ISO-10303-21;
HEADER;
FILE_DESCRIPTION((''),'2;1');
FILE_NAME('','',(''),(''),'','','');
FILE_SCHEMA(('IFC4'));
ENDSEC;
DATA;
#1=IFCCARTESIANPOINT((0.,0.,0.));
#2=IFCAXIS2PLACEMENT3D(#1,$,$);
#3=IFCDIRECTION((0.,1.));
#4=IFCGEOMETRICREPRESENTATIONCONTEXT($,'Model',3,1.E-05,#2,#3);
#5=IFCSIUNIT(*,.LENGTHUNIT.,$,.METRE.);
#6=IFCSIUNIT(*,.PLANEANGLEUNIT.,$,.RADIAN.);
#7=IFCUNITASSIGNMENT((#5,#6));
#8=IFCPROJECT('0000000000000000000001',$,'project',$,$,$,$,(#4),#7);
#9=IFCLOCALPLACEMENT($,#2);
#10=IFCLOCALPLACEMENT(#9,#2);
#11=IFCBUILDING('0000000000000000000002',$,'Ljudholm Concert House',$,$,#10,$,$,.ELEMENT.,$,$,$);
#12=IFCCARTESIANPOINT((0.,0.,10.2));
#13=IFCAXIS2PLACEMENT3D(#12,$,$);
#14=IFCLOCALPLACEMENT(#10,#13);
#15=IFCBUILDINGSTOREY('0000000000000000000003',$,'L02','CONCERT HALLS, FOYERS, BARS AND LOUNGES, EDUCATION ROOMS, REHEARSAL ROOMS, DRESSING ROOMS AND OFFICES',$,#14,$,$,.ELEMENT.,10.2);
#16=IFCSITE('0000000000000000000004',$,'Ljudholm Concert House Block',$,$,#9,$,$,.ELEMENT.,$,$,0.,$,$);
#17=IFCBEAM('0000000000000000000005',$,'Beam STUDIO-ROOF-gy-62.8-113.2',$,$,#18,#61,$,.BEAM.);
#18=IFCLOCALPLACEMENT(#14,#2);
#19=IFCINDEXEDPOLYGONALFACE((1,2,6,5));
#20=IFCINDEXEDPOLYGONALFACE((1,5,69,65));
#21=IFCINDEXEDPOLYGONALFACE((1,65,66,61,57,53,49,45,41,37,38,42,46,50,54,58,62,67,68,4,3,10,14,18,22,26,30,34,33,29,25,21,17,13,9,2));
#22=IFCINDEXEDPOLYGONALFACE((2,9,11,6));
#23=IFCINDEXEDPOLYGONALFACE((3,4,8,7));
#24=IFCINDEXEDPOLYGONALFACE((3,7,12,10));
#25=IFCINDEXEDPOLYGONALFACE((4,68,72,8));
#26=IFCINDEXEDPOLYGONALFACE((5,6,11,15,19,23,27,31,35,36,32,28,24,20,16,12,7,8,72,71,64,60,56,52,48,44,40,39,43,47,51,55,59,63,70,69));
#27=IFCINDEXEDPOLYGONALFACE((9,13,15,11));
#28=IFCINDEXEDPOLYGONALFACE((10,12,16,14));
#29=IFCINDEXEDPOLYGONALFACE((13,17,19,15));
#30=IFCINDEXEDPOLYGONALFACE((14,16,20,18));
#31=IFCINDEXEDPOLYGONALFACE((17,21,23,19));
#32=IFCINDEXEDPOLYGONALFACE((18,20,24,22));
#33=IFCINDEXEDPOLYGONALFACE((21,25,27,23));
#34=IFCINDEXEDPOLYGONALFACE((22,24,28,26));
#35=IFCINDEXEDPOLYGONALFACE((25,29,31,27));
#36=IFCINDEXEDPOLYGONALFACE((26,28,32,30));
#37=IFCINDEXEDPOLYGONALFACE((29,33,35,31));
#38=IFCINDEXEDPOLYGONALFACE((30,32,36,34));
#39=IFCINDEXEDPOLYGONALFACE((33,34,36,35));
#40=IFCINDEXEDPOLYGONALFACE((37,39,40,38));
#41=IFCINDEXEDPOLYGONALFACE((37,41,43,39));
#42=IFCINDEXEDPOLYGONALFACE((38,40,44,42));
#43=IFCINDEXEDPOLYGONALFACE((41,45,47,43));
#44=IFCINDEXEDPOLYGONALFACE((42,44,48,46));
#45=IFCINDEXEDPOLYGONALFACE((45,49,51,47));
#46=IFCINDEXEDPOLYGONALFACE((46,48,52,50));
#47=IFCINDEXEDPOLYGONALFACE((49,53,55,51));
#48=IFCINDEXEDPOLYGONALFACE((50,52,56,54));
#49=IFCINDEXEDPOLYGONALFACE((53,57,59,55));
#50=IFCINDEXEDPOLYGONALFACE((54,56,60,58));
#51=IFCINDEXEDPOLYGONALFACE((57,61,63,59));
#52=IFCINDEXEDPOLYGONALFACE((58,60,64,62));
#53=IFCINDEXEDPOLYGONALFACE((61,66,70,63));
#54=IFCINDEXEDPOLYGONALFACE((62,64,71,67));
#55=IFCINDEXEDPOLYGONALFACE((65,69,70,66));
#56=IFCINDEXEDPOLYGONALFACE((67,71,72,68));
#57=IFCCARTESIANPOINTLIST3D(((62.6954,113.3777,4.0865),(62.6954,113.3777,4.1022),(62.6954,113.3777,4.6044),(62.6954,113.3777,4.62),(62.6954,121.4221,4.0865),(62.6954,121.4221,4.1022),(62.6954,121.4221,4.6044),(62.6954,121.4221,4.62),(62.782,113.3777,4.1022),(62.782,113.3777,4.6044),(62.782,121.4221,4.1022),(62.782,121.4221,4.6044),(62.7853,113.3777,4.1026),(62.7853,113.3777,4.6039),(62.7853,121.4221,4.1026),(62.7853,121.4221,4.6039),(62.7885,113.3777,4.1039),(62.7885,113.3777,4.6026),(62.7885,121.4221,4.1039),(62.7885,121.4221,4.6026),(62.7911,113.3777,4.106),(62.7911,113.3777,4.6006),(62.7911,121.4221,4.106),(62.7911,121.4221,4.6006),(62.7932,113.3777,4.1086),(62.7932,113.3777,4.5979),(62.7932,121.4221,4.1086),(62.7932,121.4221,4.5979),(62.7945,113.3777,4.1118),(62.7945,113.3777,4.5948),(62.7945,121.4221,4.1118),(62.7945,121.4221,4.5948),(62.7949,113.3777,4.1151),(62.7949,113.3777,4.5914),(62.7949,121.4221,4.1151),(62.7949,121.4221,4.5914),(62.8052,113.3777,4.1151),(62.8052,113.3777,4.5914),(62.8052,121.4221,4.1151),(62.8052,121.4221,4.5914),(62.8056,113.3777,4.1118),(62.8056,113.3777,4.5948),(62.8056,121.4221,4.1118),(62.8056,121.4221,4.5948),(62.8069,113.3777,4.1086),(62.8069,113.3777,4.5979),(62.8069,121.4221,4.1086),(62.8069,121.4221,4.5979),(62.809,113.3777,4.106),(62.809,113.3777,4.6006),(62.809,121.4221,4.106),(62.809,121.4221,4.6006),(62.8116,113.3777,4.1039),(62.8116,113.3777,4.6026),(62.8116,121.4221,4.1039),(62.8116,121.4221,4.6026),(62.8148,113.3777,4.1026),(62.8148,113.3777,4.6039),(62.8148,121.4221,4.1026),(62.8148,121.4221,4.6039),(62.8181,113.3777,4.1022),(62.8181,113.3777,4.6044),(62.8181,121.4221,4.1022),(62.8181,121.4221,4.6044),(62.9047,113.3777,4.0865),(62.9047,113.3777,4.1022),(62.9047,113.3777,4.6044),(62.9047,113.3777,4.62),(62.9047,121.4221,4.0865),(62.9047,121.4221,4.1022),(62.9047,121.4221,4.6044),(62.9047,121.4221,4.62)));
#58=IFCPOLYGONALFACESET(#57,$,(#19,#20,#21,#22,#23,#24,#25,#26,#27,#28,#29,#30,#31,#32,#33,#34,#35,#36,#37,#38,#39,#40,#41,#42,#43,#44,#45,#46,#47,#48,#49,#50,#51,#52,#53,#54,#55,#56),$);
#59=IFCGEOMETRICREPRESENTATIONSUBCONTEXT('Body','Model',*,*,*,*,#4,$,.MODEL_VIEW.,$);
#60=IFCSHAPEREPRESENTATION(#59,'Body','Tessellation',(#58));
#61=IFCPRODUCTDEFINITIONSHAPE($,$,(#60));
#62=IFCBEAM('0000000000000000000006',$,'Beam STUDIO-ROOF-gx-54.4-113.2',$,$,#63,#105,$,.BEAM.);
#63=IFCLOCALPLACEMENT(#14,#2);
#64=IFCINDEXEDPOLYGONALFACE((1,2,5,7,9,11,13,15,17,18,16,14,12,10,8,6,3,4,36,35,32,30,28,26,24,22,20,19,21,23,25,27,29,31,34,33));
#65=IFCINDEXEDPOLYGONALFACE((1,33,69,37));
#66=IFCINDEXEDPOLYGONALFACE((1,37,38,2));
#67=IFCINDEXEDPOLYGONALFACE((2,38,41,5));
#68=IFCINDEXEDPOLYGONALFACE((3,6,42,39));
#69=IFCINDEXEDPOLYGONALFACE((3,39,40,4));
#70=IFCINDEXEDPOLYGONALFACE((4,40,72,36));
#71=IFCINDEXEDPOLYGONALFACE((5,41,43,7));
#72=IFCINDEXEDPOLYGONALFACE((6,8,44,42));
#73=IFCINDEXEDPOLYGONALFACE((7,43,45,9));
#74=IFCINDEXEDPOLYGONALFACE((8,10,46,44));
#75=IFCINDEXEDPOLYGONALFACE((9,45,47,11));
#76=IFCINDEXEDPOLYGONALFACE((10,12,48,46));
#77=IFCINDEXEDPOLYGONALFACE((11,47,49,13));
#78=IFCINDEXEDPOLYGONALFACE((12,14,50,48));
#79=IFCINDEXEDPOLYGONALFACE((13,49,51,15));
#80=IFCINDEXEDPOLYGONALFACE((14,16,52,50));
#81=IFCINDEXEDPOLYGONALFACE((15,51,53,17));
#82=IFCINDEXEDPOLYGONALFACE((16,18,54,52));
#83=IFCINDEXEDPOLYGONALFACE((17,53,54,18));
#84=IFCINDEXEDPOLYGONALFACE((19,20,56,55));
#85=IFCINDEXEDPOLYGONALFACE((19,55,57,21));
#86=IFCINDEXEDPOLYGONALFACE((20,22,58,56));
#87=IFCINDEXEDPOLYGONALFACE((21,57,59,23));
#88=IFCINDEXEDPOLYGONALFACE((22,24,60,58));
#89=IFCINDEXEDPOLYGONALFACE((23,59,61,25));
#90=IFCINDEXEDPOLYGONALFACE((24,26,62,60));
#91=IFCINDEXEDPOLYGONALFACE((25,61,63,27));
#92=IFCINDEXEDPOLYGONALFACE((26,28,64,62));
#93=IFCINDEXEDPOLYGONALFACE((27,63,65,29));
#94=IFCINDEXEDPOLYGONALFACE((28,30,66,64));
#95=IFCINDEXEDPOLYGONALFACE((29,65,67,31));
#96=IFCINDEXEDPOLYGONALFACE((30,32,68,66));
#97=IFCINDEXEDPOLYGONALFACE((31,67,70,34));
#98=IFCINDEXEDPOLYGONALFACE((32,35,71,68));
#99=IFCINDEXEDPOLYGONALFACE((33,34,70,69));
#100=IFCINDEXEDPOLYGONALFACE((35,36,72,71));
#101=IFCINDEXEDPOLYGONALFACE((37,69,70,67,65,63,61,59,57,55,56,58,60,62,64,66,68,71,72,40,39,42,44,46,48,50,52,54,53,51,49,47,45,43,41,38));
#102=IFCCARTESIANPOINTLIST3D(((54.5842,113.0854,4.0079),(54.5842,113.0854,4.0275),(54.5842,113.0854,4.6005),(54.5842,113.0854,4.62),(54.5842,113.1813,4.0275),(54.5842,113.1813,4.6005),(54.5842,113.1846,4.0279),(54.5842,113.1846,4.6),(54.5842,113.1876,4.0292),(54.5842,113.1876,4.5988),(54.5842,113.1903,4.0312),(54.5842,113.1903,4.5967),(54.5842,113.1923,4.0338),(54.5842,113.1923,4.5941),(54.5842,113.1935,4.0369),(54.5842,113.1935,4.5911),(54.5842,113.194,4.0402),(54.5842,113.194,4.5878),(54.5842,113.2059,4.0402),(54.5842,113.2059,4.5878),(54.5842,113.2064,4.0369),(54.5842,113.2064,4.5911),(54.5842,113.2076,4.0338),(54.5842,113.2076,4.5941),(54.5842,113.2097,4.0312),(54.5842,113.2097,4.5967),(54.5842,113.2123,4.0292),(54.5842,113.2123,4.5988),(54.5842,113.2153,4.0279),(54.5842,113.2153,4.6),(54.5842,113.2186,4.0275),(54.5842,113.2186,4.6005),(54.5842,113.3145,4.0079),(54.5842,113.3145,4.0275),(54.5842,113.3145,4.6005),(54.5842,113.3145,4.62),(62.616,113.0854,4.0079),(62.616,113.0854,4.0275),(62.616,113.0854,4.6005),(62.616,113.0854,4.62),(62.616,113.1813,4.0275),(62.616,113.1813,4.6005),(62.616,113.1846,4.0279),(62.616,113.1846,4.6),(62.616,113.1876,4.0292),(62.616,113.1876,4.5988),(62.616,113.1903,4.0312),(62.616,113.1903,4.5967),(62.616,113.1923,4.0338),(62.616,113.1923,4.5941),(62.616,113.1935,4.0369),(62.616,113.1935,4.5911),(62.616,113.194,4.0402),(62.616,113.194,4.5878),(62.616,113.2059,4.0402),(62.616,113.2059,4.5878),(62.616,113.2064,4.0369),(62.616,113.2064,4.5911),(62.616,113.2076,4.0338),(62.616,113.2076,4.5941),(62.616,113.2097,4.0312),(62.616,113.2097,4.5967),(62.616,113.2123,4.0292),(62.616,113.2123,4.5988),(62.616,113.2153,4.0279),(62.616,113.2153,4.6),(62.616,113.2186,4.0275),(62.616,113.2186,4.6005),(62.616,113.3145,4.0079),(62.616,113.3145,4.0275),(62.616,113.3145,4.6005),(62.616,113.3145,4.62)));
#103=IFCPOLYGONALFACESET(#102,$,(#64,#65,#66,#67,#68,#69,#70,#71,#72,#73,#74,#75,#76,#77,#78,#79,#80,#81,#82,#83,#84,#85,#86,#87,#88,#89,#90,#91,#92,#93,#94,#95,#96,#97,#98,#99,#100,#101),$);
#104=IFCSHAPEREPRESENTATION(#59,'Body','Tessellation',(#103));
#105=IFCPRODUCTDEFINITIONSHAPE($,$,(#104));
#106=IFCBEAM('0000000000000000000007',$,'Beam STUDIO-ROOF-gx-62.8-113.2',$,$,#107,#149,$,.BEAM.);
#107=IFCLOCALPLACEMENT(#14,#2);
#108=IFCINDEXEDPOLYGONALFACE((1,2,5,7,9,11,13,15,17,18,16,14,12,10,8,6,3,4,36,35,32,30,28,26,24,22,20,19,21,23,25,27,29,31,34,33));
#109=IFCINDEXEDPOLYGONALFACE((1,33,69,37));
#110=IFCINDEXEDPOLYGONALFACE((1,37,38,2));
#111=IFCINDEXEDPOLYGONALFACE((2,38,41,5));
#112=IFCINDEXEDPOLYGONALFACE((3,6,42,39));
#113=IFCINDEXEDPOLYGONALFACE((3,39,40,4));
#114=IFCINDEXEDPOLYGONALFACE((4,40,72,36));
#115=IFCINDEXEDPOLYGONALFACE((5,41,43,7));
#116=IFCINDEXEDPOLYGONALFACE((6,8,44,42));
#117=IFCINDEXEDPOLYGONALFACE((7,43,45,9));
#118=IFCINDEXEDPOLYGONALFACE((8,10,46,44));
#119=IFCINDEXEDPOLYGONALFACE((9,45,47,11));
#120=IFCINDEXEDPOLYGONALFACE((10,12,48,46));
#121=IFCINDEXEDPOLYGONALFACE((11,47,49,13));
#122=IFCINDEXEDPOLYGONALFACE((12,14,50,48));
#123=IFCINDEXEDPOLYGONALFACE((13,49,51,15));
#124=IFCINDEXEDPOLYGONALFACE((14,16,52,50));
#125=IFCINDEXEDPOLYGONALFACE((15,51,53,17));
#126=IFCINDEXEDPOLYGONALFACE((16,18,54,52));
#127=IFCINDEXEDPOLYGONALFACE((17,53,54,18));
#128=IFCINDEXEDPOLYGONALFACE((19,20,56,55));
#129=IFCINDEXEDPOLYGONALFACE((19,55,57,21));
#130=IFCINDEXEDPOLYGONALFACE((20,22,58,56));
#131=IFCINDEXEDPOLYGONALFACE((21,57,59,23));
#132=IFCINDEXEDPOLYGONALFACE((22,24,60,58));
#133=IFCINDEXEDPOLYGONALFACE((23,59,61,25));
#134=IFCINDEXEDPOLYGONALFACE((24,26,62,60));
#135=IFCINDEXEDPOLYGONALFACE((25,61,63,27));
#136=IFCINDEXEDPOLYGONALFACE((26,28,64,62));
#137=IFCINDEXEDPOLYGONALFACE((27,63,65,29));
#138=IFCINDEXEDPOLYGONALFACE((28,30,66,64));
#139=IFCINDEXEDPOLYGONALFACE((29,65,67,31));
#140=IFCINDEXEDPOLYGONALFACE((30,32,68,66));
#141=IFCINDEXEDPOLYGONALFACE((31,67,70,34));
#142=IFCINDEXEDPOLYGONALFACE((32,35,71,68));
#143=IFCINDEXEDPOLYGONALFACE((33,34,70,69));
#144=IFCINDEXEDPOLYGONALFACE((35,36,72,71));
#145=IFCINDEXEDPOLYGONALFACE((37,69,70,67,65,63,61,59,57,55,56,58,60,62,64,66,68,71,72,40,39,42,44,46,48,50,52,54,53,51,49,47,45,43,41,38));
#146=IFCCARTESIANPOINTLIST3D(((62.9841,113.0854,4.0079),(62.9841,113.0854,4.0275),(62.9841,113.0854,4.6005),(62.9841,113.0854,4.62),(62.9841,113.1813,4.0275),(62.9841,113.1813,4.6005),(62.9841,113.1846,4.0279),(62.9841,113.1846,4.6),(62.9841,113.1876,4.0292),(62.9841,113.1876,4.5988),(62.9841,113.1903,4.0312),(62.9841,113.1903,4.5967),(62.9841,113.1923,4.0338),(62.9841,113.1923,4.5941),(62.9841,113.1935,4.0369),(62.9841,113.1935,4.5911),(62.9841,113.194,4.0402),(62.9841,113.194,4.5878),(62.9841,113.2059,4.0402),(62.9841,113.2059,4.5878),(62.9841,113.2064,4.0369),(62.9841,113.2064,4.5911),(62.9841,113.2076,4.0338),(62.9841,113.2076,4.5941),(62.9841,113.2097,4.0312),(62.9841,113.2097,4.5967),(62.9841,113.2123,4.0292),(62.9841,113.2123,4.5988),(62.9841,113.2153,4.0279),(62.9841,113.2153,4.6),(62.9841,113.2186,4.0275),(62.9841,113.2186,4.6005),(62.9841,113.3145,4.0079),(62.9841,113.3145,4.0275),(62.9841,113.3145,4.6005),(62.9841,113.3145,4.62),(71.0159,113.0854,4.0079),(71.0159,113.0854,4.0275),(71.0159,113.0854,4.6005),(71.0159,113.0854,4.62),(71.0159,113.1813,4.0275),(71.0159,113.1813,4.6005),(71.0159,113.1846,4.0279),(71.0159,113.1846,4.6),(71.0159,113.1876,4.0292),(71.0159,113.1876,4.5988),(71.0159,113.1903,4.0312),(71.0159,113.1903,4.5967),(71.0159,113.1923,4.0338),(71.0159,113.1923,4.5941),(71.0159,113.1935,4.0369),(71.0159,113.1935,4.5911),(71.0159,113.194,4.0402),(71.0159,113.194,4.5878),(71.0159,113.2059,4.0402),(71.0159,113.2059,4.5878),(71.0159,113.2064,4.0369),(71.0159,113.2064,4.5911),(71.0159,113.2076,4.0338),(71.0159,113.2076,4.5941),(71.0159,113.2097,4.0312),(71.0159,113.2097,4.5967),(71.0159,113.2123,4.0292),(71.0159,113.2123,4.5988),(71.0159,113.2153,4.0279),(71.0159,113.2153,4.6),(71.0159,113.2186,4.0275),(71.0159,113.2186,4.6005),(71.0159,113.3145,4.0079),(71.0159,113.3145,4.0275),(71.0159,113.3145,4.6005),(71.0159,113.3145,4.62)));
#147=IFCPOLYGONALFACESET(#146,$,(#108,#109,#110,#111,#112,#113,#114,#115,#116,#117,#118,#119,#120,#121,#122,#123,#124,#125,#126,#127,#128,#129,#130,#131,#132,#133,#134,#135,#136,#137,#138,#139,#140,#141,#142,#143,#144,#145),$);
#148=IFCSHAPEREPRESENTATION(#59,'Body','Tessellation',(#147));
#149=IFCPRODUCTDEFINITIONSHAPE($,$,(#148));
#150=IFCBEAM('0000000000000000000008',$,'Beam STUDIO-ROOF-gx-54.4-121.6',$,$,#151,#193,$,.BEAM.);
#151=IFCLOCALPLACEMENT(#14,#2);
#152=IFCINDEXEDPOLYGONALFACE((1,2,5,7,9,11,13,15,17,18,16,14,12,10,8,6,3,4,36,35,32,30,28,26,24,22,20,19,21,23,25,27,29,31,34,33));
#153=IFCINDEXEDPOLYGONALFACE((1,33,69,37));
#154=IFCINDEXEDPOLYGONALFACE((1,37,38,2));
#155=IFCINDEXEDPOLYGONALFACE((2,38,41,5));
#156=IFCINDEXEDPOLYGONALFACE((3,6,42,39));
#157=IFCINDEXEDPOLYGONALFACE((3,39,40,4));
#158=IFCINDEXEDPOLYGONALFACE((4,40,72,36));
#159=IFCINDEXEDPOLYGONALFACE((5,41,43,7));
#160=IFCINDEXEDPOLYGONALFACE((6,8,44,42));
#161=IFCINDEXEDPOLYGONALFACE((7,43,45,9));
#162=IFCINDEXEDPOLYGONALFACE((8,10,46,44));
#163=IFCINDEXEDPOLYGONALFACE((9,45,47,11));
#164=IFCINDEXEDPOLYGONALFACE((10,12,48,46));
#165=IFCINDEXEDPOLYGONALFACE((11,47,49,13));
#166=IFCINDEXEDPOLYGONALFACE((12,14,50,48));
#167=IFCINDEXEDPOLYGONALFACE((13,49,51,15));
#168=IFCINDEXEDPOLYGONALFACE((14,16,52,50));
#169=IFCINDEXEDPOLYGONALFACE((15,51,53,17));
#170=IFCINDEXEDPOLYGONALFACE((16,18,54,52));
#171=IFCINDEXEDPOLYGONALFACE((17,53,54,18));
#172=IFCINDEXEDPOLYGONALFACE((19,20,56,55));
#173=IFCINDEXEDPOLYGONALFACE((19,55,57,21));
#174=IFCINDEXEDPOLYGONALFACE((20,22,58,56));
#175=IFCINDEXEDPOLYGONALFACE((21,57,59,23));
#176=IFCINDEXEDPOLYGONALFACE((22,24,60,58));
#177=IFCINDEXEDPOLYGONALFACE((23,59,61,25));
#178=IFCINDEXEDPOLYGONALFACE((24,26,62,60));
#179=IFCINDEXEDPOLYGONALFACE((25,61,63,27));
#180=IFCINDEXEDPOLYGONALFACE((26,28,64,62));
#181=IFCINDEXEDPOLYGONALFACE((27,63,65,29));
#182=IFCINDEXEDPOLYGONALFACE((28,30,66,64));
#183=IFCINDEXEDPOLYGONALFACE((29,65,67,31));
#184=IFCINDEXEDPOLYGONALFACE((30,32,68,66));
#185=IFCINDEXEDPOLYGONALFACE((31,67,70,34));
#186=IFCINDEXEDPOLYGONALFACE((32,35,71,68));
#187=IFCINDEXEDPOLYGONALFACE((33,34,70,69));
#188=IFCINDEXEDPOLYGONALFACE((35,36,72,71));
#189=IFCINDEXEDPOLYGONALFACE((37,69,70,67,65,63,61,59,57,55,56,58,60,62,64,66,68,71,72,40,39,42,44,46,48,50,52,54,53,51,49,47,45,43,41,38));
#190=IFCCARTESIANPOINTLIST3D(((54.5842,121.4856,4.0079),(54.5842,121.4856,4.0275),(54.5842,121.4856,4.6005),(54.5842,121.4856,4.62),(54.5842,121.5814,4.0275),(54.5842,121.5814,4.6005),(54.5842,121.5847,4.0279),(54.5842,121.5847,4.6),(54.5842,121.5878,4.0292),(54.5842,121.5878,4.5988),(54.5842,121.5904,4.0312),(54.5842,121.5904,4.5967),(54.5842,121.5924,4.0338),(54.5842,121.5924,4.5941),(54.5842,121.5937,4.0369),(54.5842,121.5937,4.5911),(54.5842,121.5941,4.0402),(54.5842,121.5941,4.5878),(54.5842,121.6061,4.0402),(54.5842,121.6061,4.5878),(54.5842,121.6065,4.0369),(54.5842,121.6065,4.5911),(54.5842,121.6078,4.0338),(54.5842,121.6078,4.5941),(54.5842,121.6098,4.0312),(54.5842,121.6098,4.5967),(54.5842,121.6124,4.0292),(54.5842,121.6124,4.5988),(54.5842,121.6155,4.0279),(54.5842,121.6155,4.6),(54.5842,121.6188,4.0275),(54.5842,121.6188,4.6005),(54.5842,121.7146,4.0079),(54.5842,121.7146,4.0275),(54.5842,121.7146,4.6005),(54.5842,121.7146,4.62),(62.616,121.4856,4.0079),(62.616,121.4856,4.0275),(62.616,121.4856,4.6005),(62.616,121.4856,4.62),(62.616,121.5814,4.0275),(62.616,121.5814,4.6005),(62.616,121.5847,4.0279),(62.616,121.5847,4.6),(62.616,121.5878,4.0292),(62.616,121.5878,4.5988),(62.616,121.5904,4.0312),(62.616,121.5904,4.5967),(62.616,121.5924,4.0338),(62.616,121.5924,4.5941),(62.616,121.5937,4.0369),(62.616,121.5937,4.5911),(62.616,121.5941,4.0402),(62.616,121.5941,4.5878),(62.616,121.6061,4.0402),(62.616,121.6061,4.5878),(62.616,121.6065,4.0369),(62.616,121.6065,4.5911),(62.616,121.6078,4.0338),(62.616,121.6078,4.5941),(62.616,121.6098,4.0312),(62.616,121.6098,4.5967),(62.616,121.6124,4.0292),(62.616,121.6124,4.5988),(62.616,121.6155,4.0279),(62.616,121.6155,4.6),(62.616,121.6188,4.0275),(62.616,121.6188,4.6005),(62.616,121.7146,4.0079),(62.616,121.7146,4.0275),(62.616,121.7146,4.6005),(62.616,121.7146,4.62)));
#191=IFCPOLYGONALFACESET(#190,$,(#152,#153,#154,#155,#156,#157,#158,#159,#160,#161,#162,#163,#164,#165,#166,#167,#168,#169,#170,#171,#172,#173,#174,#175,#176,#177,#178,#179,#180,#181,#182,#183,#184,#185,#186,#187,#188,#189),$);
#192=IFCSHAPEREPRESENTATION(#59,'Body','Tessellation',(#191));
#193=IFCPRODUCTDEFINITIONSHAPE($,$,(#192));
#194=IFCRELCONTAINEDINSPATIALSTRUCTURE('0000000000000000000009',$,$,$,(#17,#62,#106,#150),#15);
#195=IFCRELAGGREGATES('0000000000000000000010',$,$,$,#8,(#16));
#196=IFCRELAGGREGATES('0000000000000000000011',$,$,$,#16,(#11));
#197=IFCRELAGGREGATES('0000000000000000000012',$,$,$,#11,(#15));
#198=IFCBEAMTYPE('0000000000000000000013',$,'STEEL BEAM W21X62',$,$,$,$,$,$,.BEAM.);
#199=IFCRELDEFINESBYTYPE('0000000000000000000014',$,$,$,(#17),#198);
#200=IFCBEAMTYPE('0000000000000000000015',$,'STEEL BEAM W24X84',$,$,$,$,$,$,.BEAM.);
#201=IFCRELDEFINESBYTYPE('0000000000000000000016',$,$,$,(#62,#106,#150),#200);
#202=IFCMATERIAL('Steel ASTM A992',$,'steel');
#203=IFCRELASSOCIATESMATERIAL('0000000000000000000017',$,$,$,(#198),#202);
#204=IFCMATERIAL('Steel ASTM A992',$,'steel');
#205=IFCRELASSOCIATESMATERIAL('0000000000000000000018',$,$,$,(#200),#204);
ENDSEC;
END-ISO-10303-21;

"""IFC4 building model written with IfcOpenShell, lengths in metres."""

from ifc_helpers import new_model, si_unit, direction, frame, origin, origin_2d, place, context, subcontext, project, spatial, i_section, extrude, material, material_profile, profile_set, type_object, element, save


model = new_model("IFC4")

# Units and contexts
model_context = context("Model", 3, precision=1e-05, world=origin(), true_north=direction((0.0, 1.0)))
body_context = subcontext(model_context, "Body", "Model", "MODEL_VIEW")
ifc_project = project(units=[si_unit("LENGTHUNIT", "METRE"), si_unit("PLANEANGLEUNIT", "RADIAN")], contexts=[model_context])

# Site, building, storey
site_placement = place(None, origin())
site = spatial("IfcSite", under=ifc_project, at=site_placement, Name="Ljudholm Concert House Block", CompositionType="ELEMENT", RefElevation=0.0)
building_placement = place(site_placement, origin())
building = spatial("IfcBuilding", under=site, at=building_placement, Name="Ljudholm Concert House", CompositionType="ELEMENT")
storey_placement = place(building_placement, frame((0.0, 0.0, 10.2)))
storey = spatial("IfcBuildingStorey", under=building, at=storey_placement, Name="L02", Description="CONCERT HALLS, FOYERS, BARS AND LOUNGES, EDUCATION ROOMS, REHEARSAL ROOMS, DRESSING ROOMS AND OFFICES", CompositionType="ELEMENT", Elevation=10.2)

# Beams
ifc_material_1 = material(Name="Steel ASTM A992", Category="steel")
ifc_material_profile_1 = material_profile(ifc_material_1, i_section(OverallWidth=0.2092, OverallDepth=0.5334, WebThickness=0.0103, FlangeThickness=0.0156, FilletRadius=0.0129, at=origin_2d()), Name="W21X62")
ifc_profile_set_1 = profile_set([ifc_material_profile_1], Name="Steel ASTM A992")
beam_type_1 = type_object("IfcBeamType", Name="STEEL BEAM W21X62", PredefinedType="BEAM", material=ifc_profile_set_1)
for number, where, z_axis, x_axis, name in (
    (1, (62.8, 113.3777, 4.3533), (0.0, 1.0, 0.0), (-1.0, 0.0, 0.0), "Beam STUDIO-ROOF-gy-62.8-113.2"),
):
    element("IfcBeam", number, at=place(storey_placement, frame(where, z_axis=z_axis, x_axis=x_axis)), inside=storey, type_object=beam_type_1, Name=name, PredefinedType="BEAM", context=body_context, shape_type="SweptSolid", body=[
        extrude(i_section(OverallWidth=0.2092, OverallDepth=0.5334, WebThickness=0.0103, FlangeThickness=0.0156, FilletRadius=0.0129, at=origin_2d()), origin(), (0.0, 0.0, 1.0), 8.0444),
    ])
ifc_material_2 = material(Name="Steel ASTM A992", Category="steel")
ifc_material_profile_2 = material_profile(ifc_material_2, i_section(OverallWidth=0.229, OverallDepth=0.6121, WebThickness=0.012, FlangeThickness=0.0195, FilletRadius=0.0127, at=origin_2d()), Name="W24X84")
ifc_profile_set_2 = profile_set([ifc_material_profile_2], Name="Steel ASTM A992")
beam_type_2 = type_object("IfcBeamType", Name="STEEL BEAM W24X84", PredefinedType="BEAM", material=ifc_profile_set_2)
for number, where, z_axis, x_axis, name in (
    (2, (54.5842, 113.2, 4.314), (1.0, 0.0, 0.0), (0.0, 1.0, 0.0), "Beam STUDIO-ROOF-gx-54.4-113.2"),
    (3, (62.9841, 113.2, 4.314), (1.0, 0.0, 0.0), (0.0, 1.0, 0.0), "Beam STUDIO-ROOF-gx-62.8-113.2"),
    (4, (54.5842, 121.6001, 4.314), (1.0, 0.0, 0.0), (0.0, 1.0, 0.0), "Beam STUDIO-ROOF-gx-54.4-121.6"),
):
    element("IfcBeam", number, at=place(storey_placement, frame(where, z_axis=z_axis, x_axis=x_axis)), inside=storey, type_object=beam_type_2, Name=name, PredefinedType="BEAM", context=body_context, shape_type="SweptSolid", body=[
        extrude(i_section(OverallWidth=0.229, OverallDepth=0.6121, WebThickness=0.012, FlangeThickness=0.0195, FilletRadius=0.0127, at=origin_2d()), origin(), (0.0, 0.0, 1.0), 8.0317),
    ])

save(model, "model.ifc")
